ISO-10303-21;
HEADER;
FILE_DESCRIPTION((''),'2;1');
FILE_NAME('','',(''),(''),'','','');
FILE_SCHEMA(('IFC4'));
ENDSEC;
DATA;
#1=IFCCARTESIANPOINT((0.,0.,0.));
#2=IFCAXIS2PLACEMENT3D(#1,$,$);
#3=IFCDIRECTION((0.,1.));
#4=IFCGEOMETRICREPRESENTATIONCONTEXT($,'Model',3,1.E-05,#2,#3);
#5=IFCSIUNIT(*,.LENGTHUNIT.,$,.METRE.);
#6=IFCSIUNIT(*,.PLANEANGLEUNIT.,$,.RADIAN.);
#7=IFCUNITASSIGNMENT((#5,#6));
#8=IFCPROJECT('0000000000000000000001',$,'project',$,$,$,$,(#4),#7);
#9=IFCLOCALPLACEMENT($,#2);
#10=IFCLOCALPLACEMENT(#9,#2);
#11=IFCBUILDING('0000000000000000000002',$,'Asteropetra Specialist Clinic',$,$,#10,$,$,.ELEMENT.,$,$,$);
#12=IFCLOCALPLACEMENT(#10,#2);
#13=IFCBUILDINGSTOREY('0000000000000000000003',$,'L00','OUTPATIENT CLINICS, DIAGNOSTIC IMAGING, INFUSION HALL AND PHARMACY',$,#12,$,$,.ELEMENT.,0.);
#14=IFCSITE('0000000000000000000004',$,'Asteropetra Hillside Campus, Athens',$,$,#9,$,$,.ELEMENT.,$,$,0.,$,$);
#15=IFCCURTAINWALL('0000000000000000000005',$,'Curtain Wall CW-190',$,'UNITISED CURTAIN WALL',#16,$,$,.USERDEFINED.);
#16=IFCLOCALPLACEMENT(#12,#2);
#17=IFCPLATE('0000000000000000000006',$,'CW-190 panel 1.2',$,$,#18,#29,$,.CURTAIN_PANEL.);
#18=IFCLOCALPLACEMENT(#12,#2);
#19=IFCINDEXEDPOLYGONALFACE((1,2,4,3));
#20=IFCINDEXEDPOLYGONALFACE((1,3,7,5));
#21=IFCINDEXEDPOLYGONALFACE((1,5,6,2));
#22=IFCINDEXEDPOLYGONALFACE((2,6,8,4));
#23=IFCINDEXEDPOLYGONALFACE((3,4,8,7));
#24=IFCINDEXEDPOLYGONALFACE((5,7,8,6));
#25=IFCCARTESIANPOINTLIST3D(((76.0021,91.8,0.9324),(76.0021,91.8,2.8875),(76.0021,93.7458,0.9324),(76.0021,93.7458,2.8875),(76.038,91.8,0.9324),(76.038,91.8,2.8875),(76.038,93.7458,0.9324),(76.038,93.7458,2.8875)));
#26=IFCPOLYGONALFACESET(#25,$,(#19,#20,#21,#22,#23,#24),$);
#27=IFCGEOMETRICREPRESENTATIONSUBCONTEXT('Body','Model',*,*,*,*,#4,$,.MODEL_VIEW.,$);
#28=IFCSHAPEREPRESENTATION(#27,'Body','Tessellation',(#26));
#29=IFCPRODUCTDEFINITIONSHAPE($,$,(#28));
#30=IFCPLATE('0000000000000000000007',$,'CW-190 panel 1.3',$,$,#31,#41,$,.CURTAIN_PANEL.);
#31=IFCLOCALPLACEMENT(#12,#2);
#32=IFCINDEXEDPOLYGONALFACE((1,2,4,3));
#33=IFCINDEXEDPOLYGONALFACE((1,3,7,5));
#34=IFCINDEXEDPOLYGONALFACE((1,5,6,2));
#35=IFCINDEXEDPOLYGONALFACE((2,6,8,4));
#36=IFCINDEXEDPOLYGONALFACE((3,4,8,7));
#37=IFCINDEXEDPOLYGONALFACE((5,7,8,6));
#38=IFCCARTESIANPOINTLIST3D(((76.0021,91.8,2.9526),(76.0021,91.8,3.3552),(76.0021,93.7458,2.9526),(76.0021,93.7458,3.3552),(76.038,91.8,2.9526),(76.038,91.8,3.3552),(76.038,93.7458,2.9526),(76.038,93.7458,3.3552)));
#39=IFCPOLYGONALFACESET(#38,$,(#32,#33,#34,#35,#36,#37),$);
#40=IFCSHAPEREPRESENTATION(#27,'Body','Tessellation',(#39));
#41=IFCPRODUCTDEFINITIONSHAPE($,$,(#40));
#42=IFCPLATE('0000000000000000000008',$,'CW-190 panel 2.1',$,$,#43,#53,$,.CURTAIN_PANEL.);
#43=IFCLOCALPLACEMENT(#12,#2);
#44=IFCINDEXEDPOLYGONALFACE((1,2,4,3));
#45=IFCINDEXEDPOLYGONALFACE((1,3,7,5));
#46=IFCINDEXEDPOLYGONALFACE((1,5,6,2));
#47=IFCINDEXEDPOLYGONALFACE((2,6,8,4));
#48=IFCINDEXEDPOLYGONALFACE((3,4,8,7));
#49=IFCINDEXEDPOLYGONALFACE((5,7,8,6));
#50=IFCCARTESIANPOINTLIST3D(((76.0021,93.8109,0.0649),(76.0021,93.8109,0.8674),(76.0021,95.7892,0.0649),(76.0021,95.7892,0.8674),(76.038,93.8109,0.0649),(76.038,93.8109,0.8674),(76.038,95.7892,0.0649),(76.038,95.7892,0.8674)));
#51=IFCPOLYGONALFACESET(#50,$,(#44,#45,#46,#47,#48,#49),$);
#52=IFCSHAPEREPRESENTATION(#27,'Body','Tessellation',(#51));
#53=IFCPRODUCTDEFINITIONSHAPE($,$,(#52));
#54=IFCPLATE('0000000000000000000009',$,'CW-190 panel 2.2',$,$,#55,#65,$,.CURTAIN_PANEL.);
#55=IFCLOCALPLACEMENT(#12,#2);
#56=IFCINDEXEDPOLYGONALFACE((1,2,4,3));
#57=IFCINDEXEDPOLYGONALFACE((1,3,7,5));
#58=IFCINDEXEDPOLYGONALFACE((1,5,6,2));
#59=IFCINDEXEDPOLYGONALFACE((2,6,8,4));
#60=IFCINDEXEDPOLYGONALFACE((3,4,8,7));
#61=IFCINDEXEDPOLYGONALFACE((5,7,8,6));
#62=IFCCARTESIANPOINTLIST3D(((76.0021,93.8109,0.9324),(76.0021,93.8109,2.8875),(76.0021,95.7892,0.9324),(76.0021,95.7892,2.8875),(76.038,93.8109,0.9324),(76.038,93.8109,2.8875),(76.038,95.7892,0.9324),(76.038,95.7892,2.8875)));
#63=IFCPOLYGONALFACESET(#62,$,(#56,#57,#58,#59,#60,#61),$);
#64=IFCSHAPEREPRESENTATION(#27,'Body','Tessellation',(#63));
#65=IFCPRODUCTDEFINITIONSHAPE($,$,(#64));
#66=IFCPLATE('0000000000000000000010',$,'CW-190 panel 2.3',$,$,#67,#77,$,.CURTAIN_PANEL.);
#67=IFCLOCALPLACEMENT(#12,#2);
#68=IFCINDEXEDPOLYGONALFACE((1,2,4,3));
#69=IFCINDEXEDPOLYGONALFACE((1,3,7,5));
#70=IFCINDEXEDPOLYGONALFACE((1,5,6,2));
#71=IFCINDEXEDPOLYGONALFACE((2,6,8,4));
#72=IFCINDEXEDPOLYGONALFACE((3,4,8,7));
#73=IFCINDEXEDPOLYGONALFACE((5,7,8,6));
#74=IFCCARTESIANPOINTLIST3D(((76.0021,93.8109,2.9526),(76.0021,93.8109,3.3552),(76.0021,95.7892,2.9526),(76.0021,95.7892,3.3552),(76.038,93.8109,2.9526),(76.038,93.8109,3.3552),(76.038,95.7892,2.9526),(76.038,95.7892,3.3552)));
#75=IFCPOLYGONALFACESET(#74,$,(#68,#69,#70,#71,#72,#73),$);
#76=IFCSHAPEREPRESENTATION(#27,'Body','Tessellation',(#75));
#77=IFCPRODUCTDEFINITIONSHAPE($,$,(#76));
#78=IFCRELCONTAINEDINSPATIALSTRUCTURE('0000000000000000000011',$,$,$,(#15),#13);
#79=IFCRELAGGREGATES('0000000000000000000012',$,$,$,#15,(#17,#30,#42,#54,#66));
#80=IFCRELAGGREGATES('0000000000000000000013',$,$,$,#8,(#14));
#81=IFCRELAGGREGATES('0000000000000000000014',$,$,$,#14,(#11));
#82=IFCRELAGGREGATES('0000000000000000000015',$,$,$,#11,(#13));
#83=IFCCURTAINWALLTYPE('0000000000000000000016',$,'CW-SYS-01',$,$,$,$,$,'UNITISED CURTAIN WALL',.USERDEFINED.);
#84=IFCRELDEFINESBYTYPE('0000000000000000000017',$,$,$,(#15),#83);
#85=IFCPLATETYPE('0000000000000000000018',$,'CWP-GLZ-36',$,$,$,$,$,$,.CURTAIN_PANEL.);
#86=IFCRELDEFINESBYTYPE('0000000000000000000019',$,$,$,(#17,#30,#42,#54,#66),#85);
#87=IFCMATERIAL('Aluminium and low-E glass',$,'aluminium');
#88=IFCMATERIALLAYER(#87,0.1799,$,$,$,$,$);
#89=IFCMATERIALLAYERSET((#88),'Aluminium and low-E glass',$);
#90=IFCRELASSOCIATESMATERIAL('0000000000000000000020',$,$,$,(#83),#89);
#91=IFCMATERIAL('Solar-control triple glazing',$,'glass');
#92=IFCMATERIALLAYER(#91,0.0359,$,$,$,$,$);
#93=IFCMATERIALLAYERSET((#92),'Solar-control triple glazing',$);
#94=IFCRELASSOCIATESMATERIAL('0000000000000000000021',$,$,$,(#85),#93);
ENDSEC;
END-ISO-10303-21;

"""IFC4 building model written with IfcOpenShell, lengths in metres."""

from ifc_helpers import new_model, si_unit, direction, frame, origin, origin_2d, place, context, subcontext, project, spatial, rectangle, extrude, material, layer, layer_set, type_object, element, aggregate, save


model = new_model("IFC4")

# Units and contexts
model_context = context("Model", 3, precision=1e-05, world=origin(), true_north=direction((0.0, 1.0)))
body_context = subcontext(model_context, "Body", "Model", "MODEL_VIEW")
ifc_project = project(units=[si_unit("LENGTHUNIT", "METRE"), si_unit("PLANEANGLEUNIT", "RADIAN")], contexts=[model_context])

# Site, building, storey
site_placement = place(None, origin())
site = spatial("IfcSite", under=ifc_project, at=site_placement, Name="Asteropetra Hillside Campus, Athens", CompositionType="ELEMENT", RefElevation=0.0)
building_placement = place(site_placement, origin())
building = spatial("IfcBuilding", under=site, at=building_placement, Name="Asteropetra Specialist Clinic", CompositionType="ELEMENT")
storey_placement = place(building_placement, origin())
storey = spatial("IfcBuildingStorey", under=building, at=storey_placement, Name="L00", Description="OUTPATIENT CLINICS, DIAGNOSTIC IMAGING, INFUSION HALL AND PHARMACY", CompositionType="ELEMENT", Elevation=0.0)

# Curtain wall
ifc_material_1 = material(Name="Aluminium and low-E glass", Category="aluminium")
ifc_layer_1 = layer(ifc_material_1, 0.1799)
ifc_layer_set_1 = layer_set([ifc_layer_1], Name="Aluminium and low-E glass")
curtain_wall_type_1 = type_object("IfcCurtainWallType", Name="CW-SYS-01", ElementType="UNITISED CURTAIN WALL", PredefinedType="USERDEFINED", material=ifc_layer_set_1)
curtain_wall_1_placement = place(storey_placement, origin())
curtain_wall_1 = element("IfcCurtainWall", 1, at=curtain_wall_1_placement, inside=storey, type_object=curtain_wall_type_1, Name="Curtain Wall CW-190", ObjectType="UNITISED CURTAIN WALL", PredefinedType="USERDEFINED")

# Plates
ifc_material_2 = material(Name="Solar-control triple glazing", Category="glass")
ifc_layer_2 = layer(ifc_material_2, 0.0359)
ifc_layer_set_2 = layer_set([ifc_layer_2], Name="Solar-control triple glazing")
plate_type_1 = type_object("IfcPlateType", Name="CWP-GLZ-36", PredefinedType="CURTAIN_PANEL", material=ifc_layer_set_2)
plate_1_placement = place(storey_placement, frame((76.02, 92.7729, 0.9324), z_axis=(0.0, 0.0, 1.0), x_axis=(0.0, 1.0, 0.0)))
plate_1 = element("IfcPlate", 2, at=plate_1_placement, type_object=plate_type_1, Name="CW-190 panel 1.2", PredefinedType="CURTAIN_PANEL", context=body_context, shape_type="SweptSolid", body=[
    extrude(rectangle(XDim=1.9458, YDim=0.0359, at=origin_2d()), origin(), (0.0, 0.0, 1.0), 1.9551),
])
plate_2_placement = place(storey_placement, frame((76.02, 92.7729, 2.9526), z_axis=(0.0, 0.0, 1.0), x_axis=(0.0, 1.0, 0.0)))
plate_2 = element("IfcPlate", 3, at=plate_2_placement, type_object=plate_type_1, Name="CW-190 panel 1.3", PredefinedType="CURTAIN_PANEL", context=body_context, shape_type="SweptSolid", body=[
    extrude(rectangle(XDim=1.9458, YDim=0.0359, at=origin_2d()), origin(), (0.0, 0.0, 1.0), 0.4026),
])
plate_3_placement = place(storey_placement, frame((76.02, 94.8, 0.0649), z_axis=(0.0, 0.0, 1.0), x_axis=(0.0, 1.0, 0.0)))
plate_3 = element("IfcPlate", 4, at=plate_3_placement, type_object=plate_type_1, Name="CW-190 panel 2.1", PredefinedType="CURTAIN_PANEL", context=body_context, shape_type="SweptSolid", body=[
    extrude(rectangle(XDim=1.9783, YDim=0.0359, at=origin_2d()), origin(), (0.0, 0.0, 1.0), 0.8025),
])
plate_4_placement = place(storey_placement, frame((76.02, 94.8, 0.9324), z_axis=(0.0, 0.0, 1.0), x_axis=(0.0, 1.0, 0.0)))
plate_4 = element("IfcPlate", 5, at=plate_4_placement, type_object=plate_type_1, Name="CW-190 panel 2.2", PredefinedType="CURTAIN_PANEL", context=body_context, shape_type="SweptSolid", body=[
    extrude(rectangle(XDim=1.9783, YDim=0.0359, at=origin_2d()), origin(), (0.0, 0.0, 1.0), 1.9551),
])
plate_5_placement = place(storey_placement, frame((76.02, 94.8, 2.9526), z_axis=(0.0, 0.0, 1.0), x_axis=(0.0, 1.0, 0.0)))
plate_5 = element("IfcPlate", 6, at=plate_5_placement, type_object=plate_type_1, Name="CW-190 panel 2.3", PredefinedType="CURTAIN_PANEL", context=body_context, shape_type="SweptSolid", body=[
    extrude(rectangle(XDim=1.9783, YDim=0.0359, at=origin_2d()), origin(), (0.0, 0.0, 1.0), 0.4026),
])
aggregate(curtain_wall_1, [plate_1, plate_2, plate_3, plate_4, plate_5])

save(model, "model.ifc")
